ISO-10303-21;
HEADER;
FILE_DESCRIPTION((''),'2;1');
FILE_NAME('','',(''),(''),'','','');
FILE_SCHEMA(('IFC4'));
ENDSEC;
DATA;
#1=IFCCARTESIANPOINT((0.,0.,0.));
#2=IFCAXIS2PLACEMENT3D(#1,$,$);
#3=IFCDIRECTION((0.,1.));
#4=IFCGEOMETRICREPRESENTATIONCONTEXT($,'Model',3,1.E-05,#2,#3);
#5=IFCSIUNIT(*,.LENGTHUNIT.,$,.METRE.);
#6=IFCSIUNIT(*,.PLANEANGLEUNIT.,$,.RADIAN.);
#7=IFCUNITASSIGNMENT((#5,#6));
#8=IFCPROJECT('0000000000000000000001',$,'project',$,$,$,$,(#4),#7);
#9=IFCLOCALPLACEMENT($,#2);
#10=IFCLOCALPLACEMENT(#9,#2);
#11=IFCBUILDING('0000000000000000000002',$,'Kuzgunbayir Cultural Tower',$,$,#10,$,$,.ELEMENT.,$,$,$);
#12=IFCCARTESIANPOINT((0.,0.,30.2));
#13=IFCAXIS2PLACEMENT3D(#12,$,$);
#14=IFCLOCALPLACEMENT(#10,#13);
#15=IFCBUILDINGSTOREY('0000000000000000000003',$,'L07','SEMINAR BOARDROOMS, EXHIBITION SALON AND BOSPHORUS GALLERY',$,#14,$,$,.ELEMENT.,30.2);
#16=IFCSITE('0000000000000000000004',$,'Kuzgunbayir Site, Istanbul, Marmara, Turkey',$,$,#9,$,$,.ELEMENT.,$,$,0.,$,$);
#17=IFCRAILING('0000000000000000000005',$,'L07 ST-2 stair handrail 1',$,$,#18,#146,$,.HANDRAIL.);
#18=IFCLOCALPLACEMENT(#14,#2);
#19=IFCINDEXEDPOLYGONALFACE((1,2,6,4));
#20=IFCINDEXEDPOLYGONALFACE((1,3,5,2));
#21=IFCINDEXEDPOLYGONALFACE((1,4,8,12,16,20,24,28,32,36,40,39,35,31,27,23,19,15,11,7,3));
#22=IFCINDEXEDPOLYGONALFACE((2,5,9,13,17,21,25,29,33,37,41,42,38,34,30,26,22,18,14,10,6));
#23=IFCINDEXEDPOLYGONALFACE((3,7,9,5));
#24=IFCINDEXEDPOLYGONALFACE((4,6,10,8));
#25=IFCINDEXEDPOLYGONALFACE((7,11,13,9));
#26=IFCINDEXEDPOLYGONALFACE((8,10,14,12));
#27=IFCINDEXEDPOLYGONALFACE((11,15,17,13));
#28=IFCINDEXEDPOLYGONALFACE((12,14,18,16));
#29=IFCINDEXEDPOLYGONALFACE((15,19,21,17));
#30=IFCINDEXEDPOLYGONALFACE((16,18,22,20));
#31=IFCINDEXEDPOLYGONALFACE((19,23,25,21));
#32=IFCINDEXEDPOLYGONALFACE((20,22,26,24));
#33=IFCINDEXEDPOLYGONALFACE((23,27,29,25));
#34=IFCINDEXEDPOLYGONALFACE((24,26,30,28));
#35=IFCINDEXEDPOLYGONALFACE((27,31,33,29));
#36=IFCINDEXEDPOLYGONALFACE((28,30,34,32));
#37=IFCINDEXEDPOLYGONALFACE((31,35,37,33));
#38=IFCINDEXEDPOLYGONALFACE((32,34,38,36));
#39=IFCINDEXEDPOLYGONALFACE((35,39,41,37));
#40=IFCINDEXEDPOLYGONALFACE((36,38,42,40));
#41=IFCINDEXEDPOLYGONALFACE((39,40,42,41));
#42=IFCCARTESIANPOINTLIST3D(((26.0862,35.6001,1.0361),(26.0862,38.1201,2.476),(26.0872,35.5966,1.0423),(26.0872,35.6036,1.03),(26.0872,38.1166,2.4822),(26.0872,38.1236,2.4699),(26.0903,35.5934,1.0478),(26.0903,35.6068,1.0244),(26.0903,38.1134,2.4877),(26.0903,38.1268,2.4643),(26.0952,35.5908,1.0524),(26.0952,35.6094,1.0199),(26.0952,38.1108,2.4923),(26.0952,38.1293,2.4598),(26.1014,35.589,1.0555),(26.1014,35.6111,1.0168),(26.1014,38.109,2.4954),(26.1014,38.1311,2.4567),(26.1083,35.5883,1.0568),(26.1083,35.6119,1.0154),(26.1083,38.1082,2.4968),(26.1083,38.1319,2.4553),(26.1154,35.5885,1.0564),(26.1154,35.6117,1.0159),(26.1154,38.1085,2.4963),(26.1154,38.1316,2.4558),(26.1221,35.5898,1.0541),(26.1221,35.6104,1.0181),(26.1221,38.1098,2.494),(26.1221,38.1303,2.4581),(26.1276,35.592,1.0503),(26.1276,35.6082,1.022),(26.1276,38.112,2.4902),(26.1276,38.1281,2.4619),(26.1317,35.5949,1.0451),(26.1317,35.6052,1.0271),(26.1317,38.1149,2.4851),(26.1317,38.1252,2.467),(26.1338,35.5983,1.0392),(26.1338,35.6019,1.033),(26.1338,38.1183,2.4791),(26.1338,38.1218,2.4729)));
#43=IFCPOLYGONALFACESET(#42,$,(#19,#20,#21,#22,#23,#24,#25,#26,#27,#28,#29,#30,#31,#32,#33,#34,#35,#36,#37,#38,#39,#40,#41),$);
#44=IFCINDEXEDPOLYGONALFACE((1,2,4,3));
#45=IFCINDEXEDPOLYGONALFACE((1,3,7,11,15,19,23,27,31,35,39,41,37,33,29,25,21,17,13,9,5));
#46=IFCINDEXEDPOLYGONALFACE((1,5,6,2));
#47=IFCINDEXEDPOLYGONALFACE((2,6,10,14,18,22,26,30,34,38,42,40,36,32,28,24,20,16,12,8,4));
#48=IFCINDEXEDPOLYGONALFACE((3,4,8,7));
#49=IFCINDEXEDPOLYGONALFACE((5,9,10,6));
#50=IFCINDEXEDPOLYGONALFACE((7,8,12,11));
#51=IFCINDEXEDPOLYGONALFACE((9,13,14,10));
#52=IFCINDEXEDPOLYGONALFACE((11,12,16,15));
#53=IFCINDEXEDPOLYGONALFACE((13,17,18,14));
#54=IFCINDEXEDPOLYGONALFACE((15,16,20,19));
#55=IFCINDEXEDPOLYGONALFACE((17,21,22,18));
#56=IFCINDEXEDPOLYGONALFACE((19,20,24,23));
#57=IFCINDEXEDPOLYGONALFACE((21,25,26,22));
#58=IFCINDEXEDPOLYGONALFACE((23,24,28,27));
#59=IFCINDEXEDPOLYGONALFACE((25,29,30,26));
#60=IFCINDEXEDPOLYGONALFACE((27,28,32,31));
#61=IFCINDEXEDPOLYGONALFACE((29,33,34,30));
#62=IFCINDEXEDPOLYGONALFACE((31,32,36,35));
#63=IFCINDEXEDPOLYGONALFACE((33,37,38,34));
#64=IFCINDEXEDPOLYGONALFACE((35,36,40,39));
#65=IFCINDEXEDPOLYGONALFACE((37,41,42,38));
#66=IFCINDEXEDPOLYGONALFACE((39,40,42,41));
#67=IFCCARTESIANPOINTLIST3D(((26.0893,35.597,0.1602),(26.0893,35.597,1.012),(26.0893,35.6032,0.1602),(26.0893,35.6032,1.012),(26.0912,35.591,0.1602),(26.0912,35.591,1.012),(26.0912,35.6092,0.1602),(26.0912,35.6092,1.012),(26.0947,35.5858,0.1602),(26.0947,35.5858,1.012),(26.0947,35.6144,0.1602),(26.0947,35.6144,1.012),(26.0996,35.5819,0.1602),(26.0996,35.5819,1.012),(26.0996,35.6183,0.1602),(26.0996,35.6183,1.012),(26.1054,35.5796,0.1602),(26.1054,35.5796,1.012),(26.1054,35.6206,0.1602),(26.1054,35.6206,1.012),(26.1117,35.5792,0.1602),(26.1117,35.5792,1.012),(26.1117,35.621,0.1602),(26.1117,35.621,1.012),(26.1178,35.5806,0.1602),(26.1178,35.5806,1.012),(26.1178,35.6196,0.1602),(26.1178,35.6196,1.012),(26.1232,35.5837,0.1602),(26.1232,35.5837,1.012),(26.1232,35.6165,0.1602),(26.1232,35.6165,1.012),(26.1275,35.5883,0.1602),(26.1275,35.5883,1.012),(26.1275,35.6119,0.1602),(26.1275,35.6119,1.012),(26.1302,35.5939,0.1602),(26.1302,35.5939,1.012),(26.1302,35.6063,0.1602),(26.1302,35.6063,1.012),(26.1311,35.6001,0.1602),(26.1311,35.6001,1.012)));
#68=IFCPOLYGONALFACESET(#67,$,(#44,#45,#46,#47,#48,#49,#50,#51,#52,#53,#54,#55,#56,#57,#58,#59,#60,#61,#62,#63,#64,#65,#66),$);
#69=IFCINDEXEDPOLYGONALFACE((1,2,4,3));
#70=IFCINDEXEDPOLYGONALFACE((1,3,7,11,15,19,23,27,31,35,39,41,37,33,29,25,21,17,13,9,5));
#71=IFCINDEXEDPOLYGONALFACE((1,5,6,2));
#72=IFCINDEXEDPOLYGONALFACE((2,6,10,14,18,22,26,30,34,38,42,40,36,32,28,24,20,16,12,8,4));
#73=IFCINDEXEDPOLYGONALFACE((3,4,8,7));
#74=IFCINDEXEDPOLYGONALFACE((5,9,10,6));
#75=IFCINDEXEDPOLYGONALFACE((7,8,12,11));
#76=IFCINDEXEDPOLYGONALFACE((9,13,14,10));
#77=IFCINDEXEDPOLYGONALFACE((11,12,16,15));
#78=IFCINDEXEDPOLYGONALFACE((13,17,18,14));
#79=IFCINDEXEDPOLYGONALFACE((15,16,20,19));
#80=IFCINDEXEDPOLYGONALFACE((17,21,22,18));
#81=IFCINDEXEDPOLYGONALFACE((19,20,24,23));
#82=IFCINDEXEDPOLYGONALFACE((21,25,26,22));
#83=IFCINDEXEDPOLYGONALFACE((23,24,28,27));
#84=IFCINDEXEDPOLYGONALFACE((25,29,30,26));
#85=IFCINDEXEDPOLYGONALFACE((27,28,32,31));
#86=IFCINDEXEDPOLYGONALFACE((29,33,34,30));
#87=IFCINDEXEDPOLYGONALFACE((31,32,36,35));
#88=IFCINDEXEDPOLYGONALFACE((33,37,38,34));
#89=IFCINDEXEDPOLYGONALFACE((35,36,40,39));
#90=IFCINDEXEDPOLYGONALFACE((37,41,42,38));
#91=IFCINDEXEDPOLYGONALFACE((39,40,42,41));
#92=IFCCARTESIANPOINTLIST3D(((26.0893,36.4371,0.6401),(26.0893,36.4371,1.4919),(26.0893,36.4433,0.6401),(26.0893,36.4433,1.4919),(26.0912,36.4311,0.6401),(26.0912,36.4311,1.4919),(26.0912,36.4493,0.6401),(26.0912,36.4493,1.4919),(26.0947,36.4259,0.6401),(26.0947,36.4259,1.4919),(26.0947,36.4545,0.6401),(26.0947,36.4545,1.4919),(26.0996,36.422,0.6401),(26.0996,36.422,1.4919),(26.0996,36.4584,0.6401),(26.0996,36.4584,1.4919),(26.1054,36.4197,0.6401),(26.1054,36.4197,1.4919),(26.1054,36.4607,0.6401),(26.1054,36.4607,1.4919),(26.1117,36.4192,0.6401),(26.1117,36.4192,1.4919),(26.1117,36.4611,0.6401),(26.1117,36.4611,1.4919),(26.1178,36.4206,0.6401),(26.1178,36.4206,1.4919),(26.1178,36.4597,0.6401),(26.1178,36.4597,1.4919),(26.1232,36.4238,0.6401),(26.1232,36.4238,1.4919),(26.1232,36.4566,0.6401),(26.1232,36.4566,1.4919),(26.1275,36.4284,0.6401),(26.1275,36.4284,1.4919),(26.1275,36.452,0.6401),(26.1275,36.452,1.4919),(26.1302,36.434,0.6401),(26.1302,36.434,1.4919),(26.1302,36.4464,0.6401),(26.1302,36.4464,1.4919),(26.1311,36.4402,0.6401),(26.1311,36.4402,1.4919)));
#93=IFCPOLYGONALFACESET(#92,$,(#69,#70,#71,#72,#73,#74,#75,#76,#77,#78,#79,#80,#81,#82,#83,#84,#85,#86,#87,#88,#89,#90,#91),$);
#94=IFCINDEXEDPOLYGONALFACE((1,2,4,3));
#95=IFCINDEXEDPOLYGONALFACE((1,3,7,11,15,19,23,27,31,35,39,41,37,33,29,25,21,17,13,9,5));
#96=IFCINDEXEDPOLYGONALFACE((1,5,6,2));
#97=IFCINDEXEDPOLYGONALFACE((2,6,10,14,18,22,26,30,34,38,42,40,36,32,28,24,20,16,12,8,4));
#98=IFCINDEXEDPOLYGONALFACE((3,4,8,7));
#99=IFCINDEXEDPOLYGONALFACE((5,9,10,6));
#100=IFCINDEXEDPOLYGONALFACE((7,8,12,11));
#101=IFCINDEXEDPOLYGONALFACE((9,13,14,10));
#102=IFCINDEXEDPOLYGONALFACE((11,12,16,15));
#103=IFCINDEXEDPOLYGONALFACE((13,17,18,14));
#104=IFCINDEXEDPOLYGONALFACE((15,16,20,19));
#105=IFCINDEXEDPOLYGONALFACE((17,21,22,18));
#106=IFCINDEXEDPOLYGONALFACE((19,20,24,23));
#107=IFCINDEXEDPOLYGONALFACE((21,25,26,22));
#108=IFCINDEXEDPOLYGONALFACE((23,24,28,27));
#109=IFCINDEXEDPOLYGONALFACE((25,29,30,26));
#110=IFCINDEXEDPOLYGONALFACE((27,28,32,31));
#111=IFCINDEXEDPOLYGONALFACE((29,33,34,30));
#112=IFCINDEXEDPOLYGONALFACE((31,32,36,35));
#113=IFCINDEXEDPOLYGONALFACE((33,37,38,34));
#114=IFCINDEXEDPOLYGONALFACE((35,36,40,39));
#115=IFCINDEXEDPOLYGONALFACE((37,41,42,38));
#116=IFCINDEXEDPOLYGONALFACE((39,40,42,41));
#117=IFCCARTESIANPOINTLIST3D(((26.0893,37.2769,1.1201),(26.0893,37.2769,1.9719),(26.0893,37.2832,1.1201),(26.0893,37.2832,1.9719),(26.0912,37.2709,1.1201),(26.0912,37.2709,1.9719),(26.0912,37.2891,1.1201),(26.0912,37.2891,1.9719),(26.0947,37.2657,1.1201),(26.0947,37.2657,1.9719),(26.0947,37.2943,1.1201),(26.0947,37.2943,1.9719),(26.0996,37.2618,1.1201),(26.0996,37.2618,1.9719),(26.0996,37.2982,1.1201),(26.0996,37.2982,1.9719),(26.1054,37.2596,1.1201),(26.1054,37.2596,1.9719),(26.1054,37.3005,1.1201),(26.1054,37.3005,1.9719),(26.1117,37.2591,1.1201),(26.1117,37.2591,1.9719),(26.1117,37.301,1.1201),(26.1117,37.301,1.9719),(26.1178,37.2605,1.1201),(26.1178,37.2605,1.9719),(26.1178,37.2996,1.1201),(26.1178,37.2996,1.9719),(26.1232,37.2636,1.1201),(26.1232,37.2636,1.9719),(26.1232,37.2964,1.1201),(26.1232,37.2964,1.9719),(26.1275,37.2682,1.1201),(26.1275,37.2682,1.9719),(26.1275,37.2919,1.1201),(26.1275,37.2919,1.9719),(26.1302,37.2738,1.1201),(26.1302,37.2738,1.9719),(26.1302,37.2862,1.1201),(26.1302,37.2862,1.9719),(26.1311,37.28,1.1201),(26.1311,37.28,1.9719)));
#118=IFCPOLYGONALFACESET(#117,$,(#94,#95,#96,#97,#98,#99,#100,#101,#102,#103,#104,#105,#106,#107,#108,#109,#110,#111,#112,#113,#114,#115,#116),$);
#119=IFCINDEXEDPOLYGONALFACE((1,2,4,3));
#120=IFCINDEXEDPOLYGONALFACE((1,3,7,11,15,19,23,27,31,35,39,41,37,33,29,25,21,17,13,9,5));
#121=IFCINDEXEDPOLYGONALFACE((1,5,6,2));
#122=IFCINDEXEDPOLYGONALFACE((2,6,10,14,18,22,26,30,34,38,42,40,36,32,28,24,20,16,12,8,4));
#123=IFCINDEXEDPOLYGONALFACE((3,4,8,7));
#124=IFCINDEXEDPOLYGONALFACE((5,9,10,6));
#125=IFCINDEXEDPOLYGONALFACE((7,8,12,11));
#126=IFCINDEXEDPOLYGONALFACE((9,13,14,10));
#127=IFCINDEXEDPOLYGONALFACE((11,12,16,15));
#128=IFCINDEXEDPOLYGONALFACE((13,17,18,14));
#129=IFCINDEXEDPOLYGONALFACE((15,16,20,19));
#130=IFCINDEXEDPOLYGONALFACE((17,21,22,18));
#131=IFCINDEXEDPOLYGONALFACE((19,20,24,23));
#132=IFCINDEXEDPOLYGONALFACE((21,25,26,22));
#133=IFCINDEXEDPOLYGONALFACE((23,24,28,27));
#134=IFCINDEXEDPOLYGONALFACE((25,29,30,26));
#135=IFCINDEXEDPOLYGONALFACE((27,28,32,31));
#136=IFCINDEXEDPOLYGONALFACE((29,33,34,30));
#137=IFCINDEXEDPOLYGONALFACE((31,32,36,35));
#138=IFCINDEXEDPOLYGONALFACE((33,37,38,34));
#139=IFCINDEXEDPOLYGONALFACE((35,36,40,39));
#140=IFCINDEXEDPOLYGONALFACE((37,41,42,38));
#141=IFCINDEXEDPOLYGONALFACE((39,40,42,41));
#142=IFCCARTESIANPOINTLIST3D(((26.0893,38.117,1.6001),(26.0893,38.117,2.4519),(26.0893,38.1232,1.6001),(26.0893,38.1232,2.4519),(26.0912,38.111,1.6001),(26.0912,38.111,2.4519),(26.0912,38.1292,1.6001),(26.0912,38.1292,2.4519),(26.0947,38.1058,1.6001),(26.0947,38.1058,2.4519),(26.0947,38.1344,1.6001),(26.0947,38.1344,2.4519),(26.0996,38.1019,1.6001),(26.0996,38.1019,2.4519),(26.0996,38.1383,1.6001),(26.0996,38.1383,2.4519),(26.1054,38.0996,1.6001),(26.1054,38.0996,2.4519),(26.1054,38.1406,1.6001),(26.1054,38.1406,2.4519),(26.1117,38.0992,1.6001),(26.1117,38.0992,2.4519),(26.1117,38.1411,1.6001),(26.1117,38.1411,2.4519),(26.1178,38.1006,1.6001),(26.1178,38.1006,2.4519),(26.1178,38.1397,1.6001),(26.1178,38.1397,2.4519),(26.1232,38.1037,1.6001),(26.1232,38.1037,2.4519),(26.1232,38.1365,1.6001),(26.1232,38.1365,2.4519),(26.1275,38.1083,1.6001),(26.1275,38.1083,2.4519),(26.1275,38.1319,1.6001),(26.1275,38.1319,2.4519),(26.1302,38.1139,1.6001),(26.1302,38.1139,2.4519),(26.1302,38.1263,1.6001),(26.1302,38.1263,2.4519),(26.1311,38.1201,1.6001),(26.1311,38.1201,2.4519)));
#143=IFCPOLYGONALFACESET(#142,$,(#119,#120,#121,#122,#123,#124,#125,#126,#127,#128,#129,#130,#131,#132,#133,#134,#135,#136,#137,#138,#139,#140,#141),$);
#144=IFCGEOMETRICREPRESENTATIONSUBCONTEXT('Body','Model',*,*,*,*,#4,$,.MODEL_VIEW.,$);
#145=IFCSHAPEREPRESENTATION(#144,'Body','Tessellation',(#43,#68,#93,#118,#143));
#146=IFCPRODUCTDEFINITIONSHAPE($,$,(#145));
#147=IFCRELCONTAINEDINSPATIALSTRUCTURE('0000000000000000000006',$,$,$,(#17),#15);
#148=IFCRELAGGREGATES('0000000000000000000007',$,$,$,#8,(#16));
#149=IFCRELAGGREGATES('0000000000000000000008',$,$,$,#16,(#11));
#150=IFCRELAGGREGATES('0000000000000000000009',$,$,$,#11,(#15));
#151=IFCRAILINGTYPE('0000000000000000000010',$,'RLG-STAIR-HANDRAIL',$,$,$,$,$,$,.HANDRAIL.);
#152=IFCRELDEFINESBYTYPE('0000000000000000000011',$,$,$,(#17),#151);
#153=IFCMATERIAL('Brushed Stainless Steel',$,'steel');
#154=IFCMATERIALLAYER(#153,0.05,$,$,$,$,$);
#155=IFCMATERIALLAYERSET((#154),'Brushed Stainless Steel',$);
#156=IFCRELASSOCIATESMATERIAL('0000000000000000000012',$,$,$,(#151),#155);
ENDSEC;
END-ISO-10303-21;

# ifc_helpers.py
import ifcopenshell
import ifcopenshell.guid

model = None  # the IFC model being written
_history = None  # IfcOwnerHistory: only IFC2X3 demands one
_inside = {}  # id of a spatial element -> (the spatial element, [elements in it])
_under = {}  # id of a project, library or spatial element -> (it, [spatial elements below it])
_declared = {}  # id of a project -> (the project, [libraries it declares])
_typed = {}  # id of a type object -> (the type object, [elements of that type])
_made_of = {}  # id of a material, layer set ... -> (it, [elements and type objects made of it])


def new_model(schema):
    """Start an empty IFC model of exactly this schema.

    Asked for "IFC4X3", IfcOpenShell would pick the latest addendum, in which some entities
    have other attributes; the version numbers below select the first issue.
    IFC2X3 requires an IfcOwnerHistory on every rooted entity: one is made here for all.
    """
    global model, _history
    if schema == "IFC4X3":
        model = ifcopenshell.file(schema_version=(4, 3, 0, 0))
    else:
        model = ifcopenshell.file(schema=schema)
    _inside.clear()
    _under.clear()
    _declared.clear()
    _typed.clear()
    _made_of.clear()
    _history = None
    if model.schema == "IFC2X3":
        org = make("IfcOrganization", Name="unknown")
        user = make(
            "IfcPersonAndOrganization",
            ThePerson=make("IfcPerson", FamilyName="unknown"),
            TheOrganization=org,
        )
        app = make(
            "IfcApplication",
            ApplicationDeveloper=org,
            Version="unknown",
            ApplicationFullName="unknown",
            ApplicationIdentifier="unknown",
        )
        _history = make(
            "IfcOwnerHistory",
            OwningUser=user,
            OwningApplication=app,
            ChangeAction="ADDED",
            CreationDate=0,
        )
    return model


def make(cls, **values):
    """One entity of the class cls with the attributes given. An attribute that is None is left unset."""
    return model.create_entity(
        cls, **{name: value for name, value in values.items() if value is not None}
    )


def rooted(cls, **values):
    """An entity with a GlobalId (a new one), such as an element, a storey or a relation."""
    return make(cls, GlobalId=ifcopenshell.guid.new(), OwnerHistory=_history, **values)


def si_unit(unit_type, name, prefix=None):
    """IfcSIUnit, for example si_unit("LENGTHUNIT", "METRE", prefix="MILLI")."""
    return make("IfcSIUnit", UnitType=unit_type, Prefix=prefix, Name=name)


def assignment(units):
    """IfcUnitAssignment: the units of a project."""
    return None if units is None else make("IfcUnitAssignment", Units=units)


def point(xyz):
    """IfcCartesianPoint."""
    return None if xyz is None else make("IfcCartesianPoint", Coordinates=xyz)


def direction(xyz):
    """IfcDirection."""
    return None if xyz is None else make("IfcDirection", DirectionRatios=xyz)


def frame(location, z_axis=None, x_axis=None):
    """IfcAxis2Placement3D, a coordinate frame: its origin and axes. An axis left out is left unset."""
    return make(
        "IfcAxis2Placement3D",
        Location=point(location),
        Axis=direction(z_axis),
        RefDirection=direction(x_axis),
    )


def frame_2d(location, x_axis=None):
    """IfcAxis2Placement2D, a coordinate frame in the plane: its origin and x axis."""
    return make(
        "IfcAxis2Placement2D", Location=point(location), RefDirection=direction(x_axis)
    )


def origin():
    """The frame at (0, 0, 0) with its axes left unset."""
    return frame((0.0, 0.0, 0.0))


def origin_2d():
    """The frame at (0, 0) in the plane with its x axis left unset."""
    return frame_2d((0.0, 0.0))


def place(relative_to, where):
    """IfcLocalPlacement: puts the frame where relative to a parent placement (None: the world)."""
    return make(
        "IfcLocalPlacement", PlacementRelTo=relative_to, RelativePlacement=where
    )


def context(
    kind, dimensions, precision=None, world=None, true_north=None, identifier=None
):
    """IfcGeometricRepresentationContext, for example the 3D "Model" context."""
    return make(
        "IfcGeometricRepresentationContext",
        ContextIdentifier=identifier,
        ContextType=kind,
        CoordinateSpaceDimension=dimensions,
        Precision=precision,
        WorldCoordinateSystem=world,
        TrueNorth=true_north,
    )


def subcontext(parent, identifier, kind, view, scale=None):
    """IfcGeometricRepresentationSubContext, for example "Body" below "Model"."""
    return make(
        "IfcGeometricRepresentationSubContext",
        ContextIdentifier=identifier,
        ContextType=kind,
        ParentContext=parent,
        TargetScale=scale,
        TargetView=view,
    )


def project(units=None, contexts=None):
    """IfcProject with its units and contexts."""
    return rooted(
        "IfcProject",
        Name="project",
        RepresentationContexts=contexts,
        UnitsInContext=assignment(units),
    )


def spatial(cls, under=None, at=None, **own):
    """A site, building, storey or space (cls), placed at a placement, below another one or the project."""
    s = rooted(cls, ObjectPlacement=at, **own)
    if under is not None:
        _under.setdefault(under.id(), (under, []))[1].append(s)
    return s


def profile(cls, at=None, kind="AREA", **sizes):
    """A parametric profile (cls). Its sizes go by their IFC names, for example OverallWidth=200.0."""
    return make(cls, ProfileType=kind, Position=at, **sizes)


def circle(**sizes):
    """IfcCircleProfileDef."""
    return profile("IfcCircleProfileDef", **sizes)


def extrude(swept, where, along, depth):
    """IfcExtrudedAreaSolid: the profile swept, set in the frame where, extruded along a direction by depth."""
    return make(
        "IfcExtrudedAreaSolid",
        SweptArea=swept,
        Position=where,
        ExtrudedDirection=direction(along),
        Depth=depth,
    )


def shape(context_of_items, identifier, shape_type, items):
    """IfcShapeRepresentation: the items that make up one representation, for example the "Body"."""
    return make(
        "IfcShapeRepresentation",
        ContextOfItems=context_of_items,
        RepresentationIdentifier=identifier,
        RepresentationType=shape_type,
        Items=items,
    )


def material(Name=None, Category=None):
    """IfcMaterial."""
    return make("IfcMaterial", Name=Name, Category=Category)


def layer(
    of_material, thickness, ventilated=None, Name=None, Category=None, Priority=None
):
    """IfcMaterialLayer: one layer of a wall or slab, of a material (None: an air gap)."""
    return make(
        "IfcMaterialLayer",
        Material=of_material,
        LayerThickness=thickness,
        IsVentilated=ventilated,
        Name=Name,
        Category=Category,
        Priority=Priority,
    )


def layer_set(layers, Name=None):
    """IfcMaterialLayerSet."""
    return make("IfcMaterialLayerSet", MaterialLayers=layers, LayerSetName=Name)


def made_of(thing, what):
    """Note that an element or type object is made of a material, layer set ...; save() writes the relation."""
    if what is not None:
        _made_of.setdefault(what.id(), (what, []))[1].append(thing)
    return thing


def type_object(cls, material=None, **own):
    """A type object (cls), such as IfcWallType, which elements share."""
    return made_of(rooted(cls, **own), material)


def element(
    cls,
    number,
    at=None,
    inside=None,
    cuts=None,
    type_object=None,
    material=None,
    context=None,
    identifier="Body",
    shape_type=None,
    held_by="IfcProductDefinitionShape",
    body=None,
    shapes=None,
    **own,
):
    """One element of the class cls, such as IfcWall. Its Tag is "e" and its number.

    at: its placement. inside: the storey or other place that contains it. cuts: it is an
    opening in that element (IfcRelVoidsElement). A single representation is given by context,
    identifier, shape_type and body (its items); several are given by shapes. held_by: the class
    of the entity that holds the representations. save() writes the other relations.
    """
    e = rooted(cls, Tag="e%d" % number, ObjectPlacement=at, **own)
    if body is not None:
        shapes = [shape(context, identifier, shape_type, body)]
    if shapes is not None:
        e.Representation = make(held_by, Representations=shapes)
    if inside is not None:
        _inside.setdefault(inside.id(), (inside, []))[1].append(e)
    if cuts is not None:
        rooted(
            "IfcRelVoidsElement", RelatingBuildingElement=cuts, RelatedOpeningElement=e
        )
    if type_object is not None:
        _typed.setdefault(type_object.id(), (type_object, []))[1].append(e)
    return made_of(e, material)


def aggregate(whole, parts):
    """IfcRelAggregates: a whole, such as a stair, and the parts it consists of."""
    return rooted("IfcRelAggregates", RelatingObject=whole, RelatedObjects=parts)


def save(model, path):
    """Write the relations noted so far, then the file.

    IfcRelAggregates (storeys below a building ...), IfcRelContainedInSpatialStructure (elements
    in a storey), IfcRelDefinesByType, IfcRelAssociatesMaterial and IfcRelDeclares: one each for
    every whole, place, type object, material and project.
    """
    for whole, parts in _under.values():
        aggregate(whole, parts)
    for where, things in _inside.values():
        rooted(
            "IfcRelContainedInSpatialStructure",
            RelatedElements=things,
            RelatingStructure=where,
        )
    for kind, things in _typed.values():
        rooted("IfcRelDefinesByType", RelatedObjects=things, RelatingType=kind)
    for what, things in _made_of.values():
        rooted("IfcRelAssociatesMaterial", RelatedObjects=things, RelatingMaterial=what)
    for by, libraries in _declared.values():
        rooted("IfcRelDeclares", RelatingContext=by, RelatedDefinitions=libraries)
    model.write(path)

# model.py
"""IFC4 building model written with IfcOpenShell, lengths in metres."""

from ifc_helpers import new_model, si_unit, direction, frame, origin, origin_2d, place, context, subcontext, project, spatial, circle, extrude, material, layer, layer_set, type_object, element, save


model = new_model("IFC4")

# Units and contexts
model_context = context("Model", 3, precision=1e-05, world=origin(), true_north=direction((0.0, 1.0)))
body_context = subcontext(model_context, "Body", "Model", "MODEL_VIEW")
ifc_project = project(units=[si_unit("LENGTHUNIT", "METRE"), si_unit("PLANEANGLEUNIT", "RADIAN")], contexts=[model_context])

# Site, building, storey
site_placement = place(None, origin())
site = spatial("IfcSite", under=ifc_project, at=site_placement, Name="Kuzgunbayir Site, Istanbul, Marmara, Turkey", CompositionType="ELEMENT", RefElevation=0.0)
building_placement = place(site_placement, origin())
building = spatial("IfcBuilding", under=site, at=building_placement, Name="Kuzgunbayir Cultural Tower", CompositionType="ELEMENT")
storey_placement = place(building_placement, frame((0.0, 0.0, 30.2)))
storey = spatial("IfcBuildingStorey", under=building, at=storey_placement, Name="L07", Description="SEMINAR BOARDROOMS, EXHIBITION SALON AND BOSPHORUS GALLERY", CompositionType="ELEMENT", Elevation=30.2)

# Railing
ifc_material_1 = material(Name="Brushed Stainless Steel", Category="steel")
ifc_layer_1 = layer(ifc_material_1, 0.05)
ifc_layer_set_1 = layer_set([ifc_layer_1], Name="Brushed Stainless Steel")
railing_type_1 = type_object("IfcRailingType", Name="RLG-STAIR-HANDRAIL", PredefinedType="HANDRAIL", material=ifc_layer_set_1)
railing_1_placement = place(storey_placement, frame((26.1101, 35.6001, 0.1602)))
element("IfcRailing", 1, at=railing_1_placement, inside=storey, type_object=railing_type_1, Name="L07 ST-2 stair handrail 1", PredefinedType="HANDRAIL", context=body_context, shape_type="SweptSolid", body=[
    extrude(circle(Radius=0.0239, at=origin_2d()), frame((0.0, 0.0, 0.876), z_axis=(0.0, 0.868253, 0.496121), x_axis=(-1.0, 0.0, 0.0)), (0.0, 0.0, 1.0), 2.9023),
    extrude(circle(Radius=0.021, at=origin_2d()), origin(), (0.0, 0.0, 1.0), 0.8518),
    extrude(circle(Radius=0.021, at=origin_2d()), frame((0.0, 0.8401, 0.48)), (0.0, 0.0, 1.0), 0.8518),
    extrude(circle(Radius=0.021, at=origin_2d()), frame((0.0, 1.6799, 0.96)), (0.0, 0.0, 1.0), 0.8518),
    extrude(circle(Radius=0.021, at=origin_2d()), frame((0.0, 2.52, 1.4399)), (0.0, 0.0, 1.0), 0.8518),
])

save(model, "model.ifc")
